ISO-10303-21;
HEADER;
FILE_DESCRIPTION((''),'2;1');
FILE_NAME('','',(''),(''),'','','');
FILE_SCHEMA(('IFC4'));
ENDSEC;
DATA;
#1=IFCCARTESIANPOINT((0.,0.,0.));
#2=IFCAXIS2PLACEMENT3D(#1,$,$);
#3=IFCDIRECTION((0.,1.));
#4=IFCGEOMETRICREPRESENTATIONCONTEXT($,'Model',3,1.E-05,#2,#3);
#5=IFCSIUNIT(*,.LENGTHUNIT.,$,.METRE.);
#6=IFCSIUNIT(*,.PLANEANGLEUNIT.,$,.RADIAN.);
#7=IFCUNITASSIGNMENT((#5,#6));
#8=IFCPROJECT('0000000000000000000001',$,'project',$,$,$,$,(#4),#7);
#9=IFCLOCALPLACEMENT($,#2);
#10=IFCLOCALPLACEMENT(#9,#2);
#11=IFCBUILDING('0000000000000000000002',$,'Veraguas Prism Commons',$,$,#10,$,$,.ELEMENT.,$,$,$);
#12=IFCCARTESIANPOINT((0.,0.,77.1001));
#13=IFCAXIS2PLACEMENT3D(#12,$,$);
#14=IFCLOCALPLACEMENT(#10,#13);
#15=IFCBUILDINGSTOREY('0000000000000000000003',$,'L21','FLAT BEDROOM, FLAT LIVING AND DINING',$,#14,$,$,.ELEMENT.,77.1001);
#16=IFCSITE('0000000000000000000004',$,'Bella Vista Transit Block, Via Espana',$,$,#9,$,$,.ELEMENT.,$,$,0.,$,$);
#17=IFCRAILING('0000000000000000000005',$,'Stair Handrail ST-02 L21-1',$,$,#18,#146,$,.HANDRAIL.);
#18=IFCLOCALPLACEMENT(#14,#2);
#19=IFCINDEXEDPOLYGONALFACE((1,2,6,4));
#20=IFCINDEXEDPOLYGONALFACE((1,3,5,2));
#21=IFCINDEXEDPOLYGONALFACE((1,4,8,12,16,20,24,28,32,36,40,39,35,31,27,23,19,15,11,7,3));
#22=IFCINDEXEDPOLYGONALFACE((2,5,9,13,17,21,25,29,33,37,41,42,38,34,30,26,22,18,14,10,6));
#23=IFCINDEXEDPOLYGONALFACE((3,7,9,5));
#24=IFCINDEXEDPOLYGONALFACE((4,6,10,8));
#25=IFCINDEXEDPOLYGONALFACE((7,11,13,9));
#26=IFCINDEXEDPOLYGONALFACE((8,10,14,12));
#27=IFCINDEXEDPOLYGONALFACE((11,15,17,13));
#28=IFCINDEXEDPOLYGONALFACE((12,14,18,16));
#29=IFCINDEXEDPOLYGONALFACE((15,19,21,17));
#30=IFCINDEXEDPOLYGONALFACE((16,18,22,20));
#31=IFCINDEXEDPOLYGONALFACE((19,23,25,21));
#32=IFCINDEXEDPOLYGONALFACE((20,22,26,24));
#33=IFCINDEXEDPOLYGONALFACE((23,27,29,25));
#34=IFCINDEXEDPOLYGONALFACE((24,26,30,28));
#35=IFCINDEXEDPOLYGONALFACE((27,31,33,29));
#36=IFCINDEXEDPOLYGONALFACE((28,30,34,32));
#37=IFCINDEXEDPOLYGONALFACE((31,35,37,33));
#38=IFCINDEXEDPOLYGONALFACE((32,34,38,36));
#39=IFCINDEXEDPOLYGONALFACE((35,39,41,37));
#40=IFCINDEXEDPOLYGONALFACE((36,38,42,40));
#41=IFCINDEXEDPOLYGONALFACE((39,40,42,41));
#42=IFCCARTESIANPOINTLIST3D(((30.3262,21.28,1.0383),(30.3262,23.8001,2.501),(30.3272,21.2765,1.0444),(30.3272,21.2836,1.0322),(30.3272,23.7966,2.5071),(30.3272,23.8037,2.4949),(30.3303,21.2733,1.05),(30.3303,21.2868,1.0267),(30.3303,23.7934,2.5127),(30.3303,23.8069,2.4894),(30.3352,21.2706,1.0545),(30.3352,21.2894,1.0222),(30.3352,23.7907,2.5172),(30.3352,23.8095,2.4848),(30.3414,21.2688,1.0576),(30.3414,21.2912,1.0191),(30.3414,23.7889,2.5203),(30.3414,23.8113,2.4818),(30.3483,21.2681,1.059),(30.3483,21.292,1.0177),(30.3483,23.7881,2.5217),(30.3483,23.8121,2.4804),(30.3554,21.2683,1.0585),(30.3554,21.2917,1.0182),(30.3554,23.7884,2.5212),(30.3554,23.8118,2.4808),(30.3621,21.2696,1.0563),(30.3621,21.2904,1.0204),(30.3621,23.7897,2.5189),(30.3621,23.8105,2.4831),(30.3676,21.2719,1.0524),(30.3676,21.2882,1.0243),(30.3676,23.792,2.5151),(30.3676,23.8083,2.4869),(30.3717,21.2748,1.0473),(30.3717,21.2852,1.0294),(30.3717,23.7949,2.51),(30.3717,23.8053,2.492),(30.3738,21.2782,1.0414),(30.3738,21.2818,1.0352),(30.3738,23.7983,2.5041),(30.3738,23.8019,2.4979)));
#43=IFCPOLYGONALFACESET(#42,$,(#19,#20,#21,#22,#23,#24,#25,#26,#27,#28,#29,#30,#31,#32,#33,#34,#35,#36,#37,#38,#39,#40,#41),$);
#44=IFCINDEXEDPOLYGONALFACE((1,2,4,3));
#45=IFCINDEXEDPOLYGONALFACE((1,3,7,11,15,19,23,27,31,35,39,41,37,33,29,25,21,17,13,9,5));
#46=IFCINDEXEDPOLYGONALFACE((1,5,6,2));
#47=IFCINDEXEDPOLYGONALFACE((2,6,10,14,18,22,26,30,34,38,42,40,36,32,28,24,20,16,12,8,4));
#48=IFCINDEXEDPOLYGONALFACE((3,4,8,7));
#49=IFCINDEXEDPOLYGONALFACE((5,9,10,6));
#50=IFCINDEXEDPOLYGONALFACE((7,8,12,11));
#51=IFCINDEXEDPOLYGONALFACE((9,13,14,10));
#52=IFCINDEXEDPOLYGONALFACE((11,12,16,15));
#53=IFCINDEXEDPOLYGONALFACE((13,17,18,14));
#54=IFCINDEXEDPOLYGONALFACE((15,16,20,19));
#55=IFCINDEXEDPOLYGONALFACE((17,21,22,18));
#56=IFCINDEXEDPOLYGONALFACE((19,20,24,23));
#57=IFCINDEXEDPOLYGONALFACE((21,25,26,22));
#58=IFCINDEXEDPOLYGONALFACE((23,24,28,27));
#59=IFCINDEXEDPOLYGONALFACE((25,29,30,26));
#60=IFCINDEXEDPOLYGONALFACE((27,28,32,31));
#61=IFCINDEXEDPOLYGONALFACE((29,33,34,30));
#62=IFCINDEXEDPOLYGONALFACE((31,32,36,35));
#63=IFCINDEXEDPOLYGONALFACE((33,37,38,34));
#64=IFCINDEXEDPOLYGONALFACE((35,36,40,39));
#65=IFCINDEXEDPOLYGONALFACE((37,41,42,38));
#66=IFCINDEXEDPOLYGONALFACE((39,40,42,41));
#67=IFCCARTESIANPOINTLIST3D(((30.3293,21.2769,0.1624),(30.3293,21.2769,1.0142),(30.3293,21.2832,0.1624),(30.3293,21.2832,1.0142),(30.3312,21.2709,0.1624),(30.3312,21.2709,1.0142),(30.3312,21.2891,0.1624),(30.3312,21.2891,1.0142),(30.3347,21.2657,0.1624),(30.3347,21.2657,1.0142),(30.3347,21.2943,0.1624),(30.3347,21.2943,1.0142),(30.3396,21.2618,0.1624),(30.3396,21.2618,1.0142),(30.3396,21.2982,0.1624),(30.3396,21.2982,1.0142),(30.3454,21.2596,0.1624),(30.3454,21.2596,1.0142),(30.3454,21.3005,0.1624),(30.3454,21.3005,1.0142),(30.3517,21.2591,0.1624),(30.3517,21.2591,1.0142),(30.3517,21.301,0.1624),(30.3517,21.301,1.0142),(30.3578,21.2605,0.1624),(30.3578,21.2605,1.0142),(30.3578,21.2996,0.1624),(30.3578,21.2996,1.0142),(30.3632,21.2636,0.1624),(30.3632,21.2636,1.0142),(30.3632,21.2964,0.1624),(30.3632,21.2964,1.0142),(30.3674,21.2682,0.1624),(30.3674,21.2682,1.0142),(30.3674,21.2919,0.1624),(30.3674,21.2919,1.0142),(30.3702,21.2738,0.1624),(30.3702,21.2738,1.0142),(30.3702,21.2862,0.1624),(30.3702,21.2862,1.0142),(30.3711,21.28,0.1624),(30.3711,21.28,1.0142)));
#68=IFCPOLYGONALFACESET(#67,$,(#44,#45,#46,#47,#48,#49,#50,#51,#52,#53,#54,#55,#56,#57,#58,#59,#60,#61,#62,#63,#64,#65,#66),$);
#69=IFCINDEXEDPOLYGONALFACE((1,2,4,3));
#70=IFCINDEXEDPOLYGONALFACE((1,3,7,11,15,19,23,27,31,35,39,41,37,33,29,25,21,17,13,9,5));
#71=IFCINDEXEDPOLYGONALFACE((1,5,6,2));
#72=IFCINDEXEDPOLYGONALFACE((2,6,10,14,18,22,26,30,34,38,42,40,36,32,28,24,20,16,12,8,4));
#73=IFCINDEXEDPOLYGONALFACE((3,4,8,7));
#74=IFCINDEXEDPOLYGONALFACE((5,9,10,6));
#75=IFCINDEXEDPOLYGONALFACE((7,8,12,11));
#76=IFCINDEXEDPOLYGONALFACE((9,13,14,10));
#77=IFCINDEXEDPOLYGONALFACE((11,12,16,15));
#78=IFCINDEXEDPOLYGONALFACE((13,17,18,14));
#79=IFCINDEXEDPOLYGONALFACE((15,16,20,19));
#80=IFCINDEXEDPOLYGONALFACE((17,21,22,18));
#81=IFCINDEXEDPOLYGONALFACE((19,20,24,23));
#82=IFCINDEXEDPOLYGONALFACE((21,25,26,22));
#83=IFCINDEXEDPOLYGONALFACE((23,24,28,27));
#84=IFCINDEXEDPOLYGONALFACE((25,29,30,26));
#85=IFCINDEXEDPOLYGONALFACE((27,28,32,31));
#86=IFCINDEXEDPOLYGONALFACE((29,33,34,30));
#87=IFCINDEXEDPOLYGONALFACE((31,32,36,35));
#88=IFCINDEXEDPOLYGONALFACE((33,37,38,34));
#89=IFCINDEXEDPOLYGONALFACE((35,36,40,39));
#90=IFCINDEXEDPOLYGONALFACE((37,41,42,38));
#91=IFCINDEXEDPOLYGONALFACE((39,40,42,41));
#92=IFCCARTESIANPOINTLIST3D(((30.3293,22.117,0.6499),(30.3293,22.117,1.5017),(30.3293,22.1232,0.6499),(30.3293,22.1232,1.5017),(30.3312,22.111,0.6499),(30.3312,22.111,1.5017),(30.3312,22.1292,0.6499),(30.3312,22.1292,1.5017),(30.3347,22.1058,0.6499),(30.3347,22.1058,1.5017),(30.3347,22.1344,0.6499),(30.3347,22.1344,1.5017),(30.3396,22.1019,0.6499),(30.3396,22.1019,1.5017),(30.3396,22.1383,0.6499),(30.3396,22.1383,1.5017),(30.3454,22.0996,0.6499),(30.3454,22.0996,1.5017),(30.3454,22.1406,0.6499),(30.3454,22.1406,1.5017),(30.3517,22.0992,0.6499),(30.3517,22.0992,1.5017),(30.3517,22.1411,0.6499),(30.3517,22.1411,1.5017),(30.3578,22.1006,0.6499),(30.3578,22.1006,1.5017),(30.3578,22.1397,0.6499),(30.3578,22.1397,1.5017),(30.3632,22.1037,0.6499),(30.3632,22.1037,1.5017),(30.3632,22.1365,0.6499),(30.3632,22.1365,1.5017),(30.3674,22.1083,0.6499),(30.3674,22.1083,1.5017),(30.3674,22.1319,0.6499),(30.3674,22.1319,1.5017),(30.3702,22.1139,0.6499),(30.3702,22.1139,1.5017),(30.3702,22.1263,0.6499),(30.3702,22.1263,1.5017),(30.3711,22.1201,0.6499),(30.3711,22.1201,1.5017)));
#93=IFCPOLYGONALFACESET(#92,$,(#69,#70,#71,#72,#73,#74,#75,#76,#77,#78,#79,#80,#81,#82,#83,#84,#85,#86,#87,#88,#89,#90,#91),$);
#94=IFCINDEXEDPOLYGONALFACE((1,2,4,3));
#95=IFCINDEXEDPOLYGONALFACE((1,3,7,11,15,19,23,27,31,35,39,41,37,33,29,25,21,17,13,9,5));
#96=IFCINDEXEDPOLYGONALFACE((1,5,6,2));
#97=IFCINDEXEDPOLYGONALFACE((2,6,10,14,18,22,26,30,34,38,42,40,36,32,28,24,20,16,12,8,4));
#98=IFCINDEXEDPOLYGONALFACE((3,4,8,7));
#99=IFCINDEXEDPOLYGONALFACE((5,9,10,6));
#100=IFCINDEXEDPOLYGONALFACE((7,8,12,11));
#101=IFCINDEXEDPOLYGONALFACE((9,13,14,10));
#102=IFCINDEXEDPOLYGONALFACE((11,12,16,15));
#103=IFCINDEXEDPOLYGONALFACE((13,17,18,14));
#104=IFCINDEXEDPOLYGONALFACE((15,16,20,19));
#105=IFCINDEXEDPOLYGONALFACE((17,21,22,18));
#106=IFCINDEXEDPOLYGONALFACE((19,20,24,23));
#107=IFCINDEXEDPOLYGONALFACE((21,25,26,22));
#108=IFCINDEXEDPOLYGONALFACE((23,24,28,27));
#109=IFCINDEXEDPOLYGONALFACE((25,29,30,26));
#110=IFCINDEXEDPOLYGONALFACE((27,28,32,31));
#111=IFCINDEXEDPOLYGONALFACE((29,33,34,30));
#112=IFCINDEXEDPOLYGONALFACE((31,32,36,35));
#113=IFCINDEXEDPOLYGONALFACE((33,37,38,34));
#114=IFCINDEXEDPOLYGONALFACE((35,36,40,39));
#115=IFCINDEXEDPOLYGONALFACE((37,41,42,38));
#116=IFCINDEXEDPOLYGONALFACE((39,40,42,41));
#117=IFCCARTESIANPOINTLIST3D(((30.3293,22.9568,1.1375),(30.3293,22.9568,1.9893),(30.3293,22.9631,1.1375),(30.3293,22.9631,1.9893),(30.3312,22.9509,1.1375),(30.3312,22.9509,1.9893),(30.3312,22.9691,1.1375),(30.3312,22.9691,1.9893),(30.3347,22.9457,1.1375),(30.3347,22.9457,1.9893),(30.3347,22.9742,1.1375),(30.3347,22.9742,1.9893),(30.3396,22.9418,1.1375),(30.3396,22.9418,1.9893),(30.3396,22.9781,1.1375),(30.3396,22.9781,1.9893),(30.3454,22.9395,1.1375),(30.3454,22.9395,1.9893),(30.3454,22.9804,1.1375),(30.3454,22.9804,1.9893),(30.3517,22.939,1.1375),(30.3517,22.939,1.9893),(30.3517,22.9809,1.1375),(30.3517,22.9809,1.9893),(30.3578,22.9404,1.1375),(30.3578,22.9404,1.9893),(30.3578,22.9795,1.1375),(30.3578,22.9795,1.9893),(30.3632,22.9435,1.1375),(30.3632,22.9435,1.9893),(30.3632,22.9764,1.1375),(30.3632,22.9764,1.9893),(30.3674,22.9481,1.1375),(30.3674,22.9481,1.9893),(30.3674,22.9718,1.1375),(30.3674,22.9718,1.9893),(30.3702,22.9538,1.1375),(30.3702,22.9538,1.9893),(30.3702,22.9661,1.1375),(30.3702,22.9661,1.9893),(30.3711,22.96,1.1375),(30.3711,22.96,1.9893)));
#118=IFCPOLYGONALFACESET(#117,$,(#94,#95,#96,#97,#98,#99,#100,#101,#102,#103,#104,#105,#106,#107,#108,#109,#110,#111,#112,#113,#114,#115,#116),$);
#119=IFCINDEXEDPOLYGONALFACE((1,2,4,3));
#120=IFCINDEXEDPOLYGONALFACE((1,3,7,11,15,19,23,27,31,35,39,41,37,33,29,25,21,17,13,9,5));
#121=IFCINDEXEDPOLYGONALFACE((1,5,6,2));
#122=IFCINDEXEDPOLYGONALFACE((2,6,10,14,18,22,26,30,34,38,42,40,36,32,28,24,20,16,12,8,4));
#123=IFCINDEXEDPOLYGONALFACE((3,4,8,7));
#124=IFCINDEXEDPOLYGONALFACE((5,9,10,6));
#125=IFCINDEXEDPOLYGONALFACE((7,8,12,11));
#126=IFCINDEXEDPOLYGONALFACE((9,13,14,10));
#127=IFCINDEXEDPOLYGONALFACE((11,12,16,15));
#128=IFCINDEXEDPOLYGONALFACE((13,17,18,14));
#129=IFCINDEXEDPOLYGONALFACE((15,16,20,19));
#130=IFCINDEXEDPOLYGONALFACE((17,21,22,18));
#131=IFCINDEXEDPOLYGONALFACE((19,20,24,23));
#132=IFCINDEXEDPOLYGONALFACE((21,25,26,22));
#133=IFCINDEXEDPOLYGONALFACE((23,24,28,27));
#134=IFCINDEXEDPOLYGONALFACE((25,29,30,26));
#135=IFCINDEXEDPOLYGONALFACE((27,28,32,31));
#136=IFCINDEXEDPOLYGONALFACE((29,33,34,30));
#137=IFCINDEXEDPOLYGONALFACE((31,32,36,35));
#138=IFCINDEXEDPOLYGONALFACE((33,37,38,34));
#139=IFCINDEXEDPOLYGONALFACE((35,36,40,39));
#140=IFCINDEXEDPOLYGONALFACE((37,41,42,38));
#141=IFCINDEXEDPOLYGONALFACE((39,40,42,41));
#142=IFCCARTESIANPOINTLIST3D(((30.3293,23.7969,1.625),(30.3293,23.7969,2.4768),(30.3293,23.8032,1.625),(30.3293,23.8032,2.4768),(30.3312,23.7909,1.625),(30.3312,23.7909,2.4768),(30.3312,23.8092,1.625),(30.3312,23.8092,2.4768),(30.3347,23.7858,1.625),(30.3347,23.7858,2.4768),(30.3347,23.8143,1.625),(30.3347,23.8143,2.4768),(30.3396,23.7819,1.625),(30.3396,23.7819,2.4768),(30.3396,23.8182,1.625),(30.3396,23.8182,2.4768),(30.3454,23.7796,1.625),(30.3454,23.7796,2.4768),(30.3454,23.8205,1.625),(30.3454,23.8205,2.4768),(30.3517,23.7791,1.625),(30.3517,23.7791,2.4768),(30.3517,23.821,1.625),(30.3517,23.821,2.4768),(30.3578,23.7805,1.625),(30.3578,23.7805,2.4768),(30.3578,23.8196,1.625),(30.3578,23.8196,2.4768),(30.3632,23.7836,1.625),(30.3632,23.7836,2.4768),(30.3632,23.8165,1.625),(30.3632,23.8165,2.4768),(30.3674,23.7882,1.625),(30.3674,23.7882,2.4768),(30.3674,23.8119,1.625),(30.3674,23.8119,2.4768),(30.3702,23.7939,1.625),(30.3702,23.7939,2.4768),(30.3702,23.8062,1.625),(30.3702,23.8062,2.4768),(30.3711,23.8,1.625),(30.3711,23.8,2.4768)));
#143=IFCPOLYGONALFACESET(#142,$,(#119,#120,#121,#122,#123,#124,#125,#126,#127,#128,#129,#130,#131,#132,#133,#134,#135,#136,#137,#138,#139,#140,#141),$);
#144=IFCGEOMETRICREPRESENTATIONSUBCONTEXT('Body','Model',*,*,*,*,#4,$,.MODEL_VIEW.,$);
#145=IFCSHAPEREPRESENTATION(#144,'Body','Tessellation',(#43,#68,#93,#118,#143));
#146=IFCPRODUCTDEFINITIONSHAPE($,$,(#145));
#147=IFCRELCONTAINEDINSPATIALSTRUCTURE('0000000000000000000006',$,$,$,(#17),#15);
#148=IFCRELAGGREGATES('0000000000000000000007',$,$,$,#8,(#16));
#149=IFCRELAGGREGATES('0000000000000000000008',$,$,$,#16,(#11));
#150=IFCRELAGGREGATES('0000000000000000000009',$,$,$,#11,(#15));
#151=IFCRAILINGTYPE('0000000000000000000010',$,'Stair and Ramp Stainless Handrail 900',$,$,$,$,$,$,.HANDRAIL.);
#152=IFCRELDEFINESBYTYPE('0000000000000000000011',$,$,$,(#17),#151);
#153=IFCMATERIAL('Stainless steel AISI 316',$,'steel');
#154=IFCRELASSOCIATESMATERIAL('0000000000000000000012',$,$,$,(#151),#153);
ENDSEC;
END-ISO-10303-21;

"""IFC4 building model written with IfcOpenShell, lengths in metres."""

from ifc_helpers import new_model, si_unit, direction, frame, origin, origin_2d, place, context, subcontext, project, spatial, circle, extrude, material, type_object, element, save


model = new_model("IFC4")

# Units and contexts
model_context = context("Model", 3, precision=1e-05, world=origin(), true_north=direction((0.0, 1.0)))
body_context = subcontext(model_context, "Body", "Model", "MODEL_VIEW")
ifc_project = project(units=[si_unit("LENGTHUNIT", "METRE"), si_unit("PLANEANGLEUNIT", "RADIAN")], contexts=[model_context])

# Site, building, storey
site_placement = place(None, origin())
site = spatial("IfcSite", under=ifc_project, at=site_placement, Name="Bella Vista Transit Block, Via Espana", CompositionType="ELEMENT", RefElevation=0.0)
building_placement = place(site_placement, origin())
building = spatial("IfcBuilding", under=site, at=building_placement, Name="Veraguas Prism Commons", CompositionType="ELEMENT")
storey_placement = place(building_placement, frame((0.0, 0.0, 77.1001)))
storey = spatial("IfcBuildingStorey", under=building, at=storey_placement, Name="L21", Description="FLAT BEDROOM, FLAT LIVING AND DINING", CompositionType="ELEMENT", Elevation=77.1001)

# Shared definitions
ifc_material_1 = material(Name="Stainless steel AISI 316", Category="steel")

# Railing
railing_type_1 = type_object("IfcRailingType", Name="Stair and Ramp Stainless Handrail 900", PredefinedType="HANDRAIL", material=ifc_material_1)
railing_1_placement = place(storey_placement, frame((30.3501, 21.28, 0.1624)))
element("IfcRailing", 1, at=railing_1_placement, inside=storey, type_object=railing_type_1, Name="Stair Handrail ST-02 L21-1", PredefinedType="HANDRAIL", context=body_context, shape_type="SweptSolid", body=[
    extrude(circle(Radius=0.0239, at=origin_2d()), frame((0.0, 0.0, 0.876), z_axis=(0.0, 0.864877, 0.501984), x_axis=(-1.0, 0.0, 0.0)), (0.0, 0.0, 1.0), 2.9138),
    extrude(circle(Radius=0.021, at=origin_2d()), origin(), (0.0, 0.0, 1.0), 0.8518),
    extrude(circle(Radius=0.021, at=origin_2d()), frame((0.0, 0.8401, 0.4875)), (0.0, 0.0, 1.0), 0.8518),
    extrude(circle(Radius=0.021, at=origin_2d()), frame((0.0, 1.6799, 0.9751)), (0.0, 0.0, 1.0), 0.8518),
    extrude(circle(Radius=0.021, at=origin_2d()), frame((0.0, 2.52, 1.4626)), (0.0, 0.0, 1.0), 0.8518),
])

save(model, "model.ifc")
